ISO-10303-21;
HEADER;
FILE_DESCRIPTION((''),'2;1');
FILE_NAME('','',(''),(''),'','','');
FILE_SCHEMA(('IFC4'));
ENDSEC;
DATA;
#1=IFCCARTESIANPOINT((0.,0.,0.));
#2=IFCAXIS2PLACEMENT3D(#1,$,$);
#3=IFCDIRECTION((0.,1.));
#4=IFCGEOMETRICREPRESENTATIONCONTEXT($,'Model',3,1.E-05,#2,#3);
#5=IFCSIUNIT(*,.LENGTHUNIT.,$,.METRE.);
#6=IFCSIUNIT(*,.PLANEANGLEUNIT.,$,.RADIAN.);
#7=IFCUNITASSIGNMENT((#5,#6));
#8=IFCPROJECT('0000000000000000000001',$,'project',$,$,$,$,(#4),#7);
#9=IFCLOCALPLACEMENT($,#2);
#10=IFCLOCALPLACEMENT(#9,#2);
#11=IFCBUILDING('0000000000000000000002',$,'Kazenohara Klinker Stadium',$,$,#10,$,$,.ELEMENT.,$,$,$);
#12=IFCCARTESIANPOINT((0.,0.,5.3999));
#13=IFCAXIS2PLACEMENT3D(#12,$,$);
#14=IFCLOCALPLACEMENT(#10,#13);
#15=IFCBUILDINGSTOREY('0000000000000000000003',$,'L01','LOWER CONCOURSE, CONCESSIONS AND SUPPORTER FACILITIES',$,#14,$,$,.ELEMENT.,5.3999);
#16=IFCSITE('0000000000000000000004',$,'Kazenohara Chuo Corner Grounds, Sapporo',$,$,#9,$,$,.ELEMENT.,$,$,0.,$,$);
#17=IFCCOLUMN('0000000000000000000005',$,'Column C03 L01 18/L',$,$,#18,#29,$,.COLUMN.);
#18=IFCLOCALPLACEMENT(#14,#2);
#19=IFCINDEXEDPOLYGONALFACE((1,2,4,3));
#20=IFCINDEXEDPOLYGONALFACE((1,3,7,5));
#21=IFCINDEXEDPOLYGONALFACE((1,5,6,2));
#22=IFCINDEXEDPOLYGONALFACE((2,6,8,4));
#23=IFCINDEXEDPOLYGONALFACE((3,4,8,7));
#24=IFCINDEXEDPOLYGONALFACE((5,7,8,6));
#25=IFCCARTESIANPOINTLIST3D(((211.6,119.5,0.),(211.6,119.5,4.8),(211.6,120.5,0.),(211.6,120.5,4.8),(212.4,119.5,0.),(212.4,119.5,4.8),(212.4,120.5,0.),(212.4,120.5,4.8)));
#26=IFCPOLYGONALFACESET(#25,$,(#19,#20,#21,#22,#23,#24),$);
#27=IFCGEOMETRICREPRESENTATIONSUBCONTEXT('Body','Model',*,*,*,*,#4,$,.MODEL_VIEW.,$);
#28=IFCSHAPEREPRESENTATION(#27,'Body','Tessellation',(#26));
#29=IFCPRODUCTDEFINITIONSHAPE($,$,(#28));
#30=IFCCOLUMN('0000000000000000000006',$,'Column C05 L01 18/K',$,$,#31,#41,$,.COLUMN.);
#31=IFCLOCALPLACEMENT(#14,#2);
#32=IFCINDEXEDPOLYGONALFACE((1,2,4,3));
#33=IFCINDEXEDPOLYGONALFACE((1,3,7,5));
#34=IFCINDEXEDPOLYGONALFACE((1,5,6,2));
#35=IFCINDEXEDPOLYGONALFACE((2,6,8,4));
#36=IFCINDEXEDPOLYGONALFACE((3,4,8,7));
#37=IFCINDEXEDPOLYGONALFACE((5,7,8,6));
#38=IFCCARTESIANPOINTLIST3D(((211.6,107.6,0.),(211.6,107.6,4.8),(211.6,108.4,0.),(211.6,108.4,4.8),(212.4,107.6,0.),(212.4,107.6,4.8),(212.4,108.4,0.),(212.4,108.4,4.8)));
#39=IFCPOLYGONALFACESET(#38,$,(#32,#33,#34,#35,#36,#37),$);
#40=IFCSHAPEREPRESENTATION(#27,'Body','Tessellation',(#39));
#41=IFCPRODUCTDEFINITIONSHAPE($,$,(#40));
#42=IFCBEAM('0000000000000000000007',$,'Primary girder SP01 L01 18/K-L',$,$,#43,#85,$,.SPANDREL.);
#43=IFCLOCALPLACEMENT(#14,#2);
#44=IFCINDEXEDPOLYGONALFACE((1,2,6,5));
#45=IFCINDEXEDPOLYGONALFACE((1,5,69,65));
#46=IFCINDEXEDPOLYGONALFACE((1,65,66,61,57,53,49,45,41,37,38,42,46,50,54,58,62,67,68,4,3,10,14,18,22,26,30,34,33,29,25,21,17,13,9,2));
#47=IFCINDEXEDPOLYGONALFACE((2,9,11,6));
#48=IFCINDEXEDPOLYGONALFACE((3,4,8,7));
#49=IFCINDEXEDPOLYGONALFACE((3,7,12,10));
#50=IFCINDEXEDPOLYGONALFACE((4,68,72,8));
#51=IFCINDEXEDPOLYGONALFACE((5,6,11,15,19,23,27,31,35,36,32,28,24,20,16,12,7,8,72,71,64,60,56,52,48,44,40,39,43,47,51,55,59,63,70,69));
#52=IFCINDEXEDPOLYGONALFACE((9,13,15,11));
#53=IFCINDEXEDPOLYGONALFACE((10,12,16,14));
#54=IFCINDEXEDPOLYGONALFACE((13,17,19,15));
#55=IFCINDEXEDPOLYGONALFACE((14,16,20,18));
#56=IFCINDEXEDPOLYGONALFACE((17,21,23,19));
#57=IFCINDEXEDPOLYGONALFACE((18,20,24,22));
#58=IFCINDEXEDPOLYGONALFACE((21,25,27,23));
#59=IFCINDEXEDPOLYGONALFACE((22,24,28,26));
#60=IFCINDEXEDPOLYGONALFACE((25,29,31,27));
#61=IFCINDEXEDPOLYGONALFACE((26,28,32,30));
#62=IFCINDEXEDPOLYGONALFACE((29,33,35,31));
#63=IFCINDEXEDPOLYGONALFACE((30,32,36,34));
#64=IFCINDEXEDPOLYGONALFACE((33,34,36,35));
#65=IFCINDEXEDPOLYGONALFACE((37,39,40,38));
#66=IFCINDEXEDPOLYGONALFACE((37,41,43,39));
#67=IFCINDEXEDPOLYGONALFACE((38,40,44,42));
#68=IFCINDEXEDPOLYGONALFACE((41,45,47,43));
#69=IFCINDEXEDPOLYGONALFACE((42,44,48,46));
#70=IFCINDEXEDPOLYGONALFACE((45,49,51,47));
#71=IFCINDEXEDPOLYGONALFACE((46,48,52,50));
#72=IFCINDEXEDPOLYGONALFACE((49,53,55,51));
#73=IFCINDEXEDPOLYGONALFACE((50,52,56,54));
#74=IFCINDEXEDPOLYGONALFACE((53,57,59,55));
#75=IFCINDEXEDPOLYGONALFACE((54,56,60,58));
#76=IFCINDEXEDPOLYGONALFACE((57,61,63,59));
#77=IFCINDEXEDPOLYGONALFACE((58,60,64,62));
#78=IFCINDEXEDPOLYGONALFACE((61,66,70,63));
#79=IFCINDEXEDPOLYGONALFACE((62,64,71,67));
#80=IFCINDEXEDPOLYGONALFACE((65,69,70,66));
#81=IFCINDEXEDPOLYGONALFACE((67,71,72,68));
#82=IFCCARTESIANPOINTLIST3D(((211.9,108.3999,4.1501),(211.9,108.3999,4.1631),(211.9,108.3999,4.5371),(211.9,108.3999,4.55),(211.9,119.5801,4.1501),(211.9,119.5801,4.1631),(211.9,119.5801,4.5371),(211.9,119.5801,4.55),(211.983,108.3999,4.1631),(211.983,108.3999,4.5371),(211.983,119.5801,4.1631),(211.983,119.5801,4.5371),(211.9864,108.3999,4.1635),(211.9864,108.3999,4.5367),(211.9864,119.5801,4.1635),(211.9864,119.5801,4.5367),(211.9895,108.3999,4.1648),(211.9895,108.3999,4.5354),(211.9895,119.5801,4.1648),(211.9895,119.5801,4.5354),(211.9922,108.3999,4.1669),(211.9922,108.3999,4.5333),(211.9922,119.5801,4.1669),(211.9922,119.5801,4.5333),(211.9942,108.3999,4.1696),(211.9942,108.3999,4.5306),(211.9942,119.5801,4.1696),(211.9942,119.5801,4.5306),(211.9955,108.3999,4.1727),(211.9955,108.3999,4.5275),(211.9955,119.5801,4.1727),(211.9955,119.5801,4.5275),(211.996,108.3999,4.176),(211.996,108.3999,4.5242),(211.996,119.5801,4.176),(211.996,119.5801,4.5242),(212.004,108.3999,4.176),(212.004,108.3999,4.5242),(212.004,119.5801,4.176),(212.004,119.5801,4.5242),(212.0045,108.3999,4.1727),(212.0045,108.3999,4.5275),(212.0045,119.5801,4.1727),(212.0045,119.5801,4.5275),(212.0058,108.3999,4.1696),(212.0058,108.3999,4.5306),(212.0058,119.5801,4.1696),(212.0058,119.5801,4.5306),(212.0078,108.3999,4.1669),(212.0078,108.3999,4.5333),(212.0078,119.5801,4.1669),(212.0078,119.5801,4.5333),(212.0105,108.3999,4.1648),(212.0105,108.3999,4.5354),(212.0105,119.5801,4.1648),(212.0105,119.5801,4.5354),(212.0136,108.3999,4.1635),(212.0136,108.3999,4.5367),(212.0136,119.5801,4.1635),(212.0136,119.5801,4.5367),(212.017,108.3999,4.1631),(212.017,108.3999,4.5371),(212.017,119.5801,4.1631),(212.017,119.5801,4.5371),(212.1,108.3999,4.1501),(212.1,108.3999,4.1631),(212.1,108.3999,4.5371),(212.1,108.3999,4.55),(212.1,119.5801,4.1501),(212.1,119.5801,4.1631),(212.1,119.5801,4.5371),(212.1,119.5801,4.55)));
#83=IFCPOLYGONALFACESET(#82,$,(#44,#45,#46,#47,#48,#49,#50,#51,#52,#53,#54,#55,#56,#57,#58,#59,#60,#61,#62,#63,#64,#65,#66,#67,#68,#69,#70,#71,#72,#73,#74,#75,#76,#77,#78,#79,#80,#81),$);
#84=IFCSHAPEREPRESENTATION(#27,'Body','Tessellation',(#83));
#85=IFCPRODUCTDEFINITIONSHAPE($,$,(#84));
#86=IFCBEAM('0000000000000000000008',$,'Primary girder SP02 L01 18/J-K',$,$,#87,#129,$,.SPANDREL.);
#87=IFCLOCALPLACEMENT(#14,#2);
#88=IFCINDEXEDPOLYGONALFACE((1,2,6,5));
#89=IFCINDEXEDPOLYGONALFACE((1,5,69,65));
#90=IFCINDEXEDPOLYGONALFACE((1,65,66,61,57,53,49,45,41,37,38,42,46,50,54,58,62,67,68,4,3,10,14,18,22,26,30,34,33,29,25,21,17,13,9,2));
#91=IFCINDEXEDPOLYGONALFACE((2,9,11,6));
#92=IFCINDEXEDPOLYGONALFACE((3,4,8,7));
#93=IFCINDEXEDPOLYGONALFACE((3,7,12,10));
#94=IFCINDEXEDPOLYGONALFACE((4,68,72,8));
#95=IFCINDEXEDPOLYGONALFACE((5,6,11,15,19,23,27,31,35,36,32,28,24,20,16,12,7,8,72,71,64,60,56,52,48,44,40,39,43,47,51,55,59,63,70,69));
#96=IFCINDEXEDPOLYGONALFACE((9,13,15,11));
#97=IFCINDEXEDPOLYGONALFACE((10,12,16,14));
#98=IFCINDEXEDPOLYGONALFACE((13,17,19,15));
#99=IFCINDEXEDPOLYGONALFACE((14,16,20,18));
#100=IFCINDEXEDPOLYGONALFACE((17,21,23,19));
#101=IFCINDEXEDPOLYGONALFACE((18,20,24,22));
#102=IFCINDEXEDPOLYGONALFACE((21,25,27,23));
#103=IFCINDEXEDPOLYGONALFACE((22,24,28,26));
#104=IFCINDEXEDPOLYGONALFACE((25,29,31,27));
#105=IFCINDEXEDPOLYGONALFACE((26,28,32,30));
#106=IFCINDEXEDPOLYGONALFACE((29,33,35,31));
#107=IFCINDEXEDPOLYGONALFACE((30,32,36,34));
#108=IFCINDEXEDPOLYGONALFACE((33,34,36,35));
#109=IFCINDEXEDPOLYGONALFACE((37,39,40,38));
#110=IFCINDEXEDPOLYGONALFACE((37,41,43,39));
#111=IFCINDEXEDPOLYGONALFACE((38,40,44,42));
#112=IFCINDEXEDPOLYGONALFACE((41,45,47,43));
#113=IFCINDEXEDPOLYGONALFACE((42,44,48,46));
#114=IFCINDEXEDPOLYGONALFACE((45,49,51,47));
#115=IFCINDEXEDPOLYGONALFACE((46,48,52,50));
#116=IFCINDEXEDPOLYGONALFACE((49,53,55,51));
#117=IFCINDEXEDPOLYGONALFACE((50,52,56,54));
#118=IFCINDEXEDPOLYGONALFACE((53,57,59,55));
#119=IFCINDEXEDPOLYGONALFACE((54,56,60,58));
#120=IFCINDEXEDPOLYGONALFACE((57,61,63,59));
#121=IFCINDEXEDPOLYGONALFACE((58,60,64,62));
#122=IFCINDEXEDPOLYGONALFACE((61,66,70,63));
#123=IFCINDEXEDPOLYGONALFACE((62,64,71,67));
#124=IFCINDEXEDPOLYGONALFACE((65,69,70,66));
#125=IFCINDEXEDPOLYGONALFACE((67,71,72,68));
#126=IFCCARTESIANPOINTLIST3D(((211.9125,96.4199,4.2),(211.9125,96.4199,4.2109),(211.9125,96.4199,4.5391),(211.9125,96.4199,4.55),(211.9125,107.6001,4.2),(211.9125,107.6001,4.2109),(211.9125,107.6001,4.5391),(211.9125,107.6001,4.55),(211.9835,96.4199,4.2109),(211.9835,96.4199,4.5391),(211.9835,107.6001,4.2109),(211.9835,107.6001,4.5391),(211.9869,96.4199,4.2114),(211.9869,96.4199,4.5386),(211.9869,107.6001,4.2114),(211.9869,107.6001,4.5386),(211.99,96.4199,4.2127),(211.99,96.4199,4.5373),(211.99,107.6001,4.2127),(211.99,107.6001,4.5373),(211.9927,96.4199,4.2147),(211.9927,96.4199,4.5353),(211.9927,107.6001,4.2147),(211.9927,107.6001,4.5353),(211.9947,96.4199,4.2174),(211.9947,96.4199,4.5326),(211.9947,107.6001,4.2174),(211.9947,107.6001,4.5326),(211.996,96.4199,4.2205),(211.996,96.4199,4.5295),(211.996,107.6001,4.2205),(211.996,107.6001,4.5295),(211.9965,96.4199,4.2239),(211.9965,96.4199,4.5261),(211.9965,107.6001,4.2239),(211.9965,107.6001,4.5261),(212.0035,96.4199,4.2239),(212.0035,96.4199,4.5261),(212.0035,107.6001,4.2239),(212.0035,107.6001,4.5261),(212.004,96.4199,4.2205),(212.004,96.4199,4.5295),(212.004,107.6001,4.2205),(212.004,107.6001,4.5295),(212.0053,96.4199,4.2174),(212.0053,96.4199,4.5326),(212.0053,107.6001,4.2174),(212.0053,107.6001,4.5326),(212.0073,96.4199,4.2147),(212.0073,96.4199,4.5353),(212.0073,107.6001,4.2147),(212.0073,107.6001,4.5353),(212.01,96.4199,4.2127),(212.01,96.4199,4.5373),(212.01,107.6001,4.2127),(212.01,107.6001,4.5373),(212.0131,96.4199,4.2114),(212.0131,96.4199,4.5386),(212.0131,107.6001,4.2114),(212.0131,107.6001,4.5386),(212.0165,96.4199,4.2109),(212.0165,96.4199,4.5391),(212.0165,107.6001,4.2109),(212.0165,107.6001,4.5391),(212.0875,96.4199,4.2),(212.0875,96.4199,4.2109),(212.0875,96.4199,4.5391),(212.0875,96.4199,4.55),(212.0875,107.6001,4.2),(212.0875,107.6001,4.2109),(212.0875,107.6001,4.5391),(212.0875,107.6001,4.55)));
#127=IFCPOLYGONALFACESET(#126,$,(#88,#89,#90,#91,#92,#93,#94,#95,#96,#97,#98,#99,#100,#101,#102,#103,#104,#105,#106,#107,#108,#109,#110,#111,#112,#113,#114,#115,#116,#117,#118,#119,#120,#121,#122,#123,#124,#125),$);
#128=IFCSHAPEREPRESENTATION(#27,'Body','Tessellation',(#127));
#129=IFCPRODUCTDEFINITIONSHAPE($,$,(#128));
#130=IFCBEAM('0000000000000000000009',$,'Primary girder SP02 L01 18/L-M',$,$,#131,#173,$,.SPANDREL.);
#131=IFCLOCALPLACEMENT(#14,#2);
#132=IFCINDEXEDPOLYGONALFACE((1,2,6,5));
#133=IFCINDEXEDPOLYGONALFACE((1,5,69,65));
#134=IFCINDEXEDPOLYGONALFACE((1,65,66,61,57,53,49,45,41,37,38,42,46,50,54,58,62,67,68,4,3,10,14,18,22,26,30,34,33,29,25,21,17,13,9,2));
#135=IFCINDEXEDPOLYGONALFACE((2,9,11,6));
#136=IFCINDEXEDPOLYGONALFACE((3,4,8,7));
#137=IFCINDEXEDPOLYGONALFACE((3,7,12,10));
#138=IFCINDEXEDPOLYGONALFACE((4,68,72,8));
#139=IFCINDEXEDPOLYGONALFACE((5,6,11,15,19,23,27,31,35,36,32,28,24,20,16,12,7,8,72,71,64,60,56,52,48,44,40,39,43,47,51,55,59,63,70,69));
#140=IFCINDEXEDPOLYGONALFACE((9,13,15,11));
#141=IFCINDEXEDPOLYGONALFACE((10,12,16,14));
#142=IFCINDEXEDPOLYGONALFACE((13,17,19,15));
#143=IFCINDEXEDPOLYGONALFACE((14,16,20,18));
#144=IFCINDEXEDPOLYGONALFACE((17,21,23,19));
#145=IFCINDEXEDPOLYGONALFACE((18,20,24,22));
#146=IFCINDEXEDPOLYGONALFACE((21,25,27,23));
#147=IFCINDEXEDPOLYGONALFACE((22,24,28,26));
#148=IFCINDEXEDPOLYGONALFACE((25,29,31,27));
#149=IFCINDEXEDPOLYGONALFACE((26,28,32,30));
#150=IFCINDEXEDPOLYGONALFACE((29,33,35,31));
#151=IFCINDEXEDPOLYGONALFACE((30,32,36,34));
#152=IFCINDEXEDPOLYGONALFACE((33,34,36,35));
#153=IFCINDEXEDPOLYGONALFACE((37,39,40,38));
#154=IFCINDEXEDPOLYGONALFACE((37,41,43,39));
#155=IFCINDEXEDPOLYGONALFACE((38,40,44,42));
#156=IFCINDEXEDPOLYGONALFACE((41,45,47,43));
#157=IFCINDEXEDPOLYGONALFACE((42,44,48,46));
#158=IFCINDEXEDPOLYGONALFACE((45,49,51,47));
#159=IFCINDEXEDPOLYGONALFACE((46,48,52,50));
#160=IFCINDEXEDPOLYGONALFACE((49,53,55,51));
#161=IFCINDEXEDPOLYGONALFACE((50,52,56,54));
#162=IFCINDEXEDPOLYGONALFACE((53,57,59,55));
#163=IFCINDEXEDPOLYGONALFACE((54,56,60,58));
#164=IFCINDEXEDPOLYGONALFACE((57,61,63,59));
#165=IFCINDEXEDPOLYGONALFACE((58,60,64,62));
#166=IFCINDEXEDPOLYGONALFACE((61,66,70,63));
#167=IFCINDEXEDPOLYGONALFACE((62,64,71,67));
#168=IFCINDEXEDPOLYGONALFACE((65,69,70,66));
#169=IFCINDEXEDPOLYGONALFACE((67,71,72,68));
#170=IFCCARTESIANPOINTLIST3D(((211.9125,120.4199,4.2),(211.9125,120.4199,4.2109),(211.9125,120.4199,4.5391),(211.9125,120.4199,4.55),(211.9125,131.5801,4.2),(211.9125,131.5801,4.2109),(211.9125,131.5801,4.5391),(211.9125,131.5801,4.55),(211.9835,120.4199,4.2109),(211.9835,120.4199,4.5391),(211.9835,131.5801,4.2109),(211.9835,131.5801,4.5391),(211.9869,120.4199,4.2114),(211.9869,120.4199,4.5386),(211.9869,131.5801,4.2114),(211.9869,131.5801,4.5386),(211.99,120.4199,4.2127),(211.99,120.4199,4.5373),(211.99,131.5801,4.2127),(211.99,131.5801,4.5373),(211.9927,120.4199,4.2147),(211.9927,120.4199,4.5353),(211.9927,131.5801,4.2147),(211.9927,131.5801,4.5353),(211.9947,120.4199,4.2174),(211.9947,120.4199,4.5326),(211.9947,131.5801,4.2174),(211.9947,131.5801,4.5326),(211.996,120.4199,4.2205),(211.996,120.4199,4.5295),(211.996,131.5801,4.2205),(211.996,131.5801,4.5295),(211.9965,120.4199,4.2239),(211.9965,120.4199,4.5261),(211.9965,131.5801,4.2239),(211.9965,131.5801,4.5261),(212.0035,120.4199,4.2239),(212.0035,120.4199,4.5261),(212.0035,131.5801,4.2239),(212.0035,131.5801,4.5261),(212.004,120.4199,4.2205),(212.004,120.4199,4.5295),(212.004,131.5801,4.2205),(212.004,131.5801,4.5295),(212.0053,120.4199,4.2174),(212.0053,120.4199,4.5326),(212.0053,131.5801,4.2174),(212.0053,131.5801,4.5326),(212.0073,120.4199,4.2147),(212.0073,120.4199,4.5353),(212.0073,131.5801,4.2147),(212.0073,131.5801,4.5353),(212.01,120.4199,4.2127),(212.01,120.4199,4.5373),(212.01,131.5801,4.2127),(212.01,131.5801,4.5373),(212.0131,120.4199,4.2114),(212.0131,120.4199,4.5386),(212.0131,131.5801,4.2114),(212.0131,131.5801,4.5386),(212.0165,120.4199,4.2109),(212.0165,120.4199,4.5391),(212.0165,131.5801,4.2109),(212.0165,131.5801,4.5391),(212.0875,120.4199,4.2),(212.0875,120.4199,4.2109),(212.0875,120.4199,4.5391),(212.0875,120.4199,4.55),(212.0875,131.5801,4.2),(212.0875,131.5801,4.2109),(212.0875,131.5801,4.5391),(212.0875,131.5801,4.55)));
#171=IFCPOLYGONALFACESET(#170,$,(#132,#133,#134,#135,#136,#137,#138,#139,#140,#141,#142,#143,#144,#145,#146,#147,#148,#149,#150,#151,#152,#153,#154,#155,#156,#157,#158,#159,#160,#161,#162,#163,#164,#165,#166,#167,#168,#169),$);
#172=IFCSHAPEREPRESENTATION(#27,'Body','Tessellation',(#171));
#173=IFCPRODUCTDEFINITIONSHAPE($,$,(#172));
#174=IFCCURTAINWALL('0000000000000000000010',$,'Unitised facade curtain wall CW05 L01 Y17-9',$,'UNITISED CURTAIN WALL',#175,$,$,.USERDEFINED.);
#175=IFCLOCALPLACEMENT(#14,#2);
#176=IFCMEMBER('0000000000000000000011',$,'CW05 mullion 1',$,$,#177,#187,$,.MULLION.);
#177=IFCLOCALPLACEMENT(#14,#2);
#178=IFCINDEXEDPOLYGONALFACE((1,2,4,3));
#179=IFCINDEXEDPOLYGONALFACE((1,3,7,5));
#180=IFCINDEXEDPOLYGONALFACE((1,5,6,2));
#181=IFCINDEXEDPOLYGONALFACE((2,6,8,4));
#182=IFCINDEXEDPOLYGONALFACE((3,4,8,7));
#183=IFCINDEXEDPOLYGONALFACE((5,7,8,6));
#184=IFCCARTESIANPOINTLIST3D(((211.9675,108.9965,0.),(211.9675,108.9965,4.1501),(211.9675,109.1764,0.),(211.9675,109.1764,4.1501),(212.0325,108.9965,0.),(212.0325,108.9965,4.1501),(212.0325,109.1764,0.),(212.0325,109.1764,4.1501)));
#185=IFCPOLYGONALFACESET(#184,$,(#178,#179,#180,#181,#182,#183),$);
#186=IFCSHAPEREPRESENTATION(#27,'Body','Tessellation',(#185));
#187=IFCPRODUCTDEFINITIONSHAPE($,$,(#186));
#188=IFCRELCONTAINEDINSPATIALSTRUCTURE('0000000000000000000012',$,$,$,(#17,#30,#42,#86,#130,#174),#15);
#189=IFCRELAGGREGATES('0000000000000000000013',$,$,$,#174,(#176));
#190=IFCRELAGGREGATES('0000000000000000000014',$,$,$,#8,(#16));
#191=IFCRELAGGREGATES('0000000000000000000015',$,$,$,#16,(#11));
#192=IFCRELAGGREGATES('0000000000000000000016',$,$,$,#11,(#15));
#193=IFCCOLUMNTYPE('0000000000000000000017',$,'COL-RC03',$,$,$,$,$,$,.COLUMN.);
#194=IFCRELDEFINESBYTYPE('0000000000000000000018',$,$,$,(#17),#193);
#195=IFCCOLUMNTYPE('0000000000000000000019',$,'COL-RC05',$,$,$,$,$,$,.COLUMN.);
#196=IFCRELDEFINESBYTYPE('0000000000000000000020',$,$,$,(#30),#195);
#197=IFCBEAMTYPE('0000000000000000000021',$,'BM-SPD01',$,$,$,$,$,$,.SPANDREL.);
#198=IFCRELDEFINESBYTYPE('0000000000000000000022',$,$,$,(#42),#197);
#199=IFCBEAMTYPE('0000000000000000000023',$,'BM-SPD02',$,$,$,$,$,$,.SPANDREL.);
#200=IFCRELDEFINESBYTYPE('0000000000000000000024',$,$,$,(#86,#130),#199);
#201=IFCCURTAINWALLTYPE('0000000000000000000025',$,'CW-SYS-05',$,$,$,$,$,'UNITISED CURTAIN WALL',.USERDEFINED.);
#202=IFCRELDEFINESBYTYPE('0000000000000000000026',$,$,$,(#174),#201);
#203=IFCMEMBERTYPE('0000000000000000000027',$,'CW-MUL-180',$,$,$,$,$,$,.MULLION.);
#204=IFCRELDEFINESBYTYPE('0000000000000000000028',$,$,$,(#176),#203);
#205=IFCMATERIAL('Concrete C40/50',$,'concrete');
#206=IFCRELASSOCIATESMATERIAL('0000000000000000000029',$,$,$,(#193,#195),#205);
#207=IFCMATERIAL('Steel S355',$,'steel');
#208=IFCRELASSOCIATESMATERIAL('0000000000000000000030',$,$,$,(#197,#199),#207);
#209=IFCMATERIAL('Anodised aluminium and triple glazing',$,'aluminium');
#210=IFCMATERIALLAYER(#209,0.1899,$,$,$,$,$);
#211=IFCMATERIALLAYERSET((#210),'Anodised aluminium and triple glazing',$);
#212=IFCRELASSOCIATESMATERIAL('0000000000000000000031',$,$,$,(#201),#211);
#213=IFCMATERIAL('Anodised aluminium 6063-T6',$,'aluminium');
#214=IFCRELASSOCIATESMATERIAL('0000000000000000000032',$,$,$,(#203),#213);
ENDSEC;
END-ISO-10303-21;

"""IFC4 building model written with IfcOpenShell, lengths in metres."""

from ifc_helpers import new_model, si_unit, direction, frame, origin, origin_2d, place, context, subcontext, project, spatial, rectangle, i_section, extrude, material, layer, layer_set, material_profile, profile_set, type_object, element, aggregate, save


model = new_model("IFC4")

# Units and contexts
model_context = context("Model", 3, precision=1e-05, world=origin(), true_north=direction((0.0, 1.0)))
body_context = subcontext(model_context, "Body", "Model", "MODEL_VIEW")
ifc_project = project(units=[si_unit("LENGTHUNIT", "METRE"), si_unit("PLANEANGLEUNIT", "RADIAN")], contexts=[model_context])

# Site, building, storey
site_placement = place(None, origin())
site = spatial("IfcSite", under=ifc_project, at=site_placement, Name="Kazenohara Chuo Corner Grounds, Sapporo", CompositionType="ELEMENT", RefElevation=0.0)
building_placement = place(site_placement, origin())
building = spatial("IfcBuilding", under=site, at=building_placement, Name="Kazenohara Klinker Stadium", CompositionType="ELEMENT")
storey_placement = place(building_placement, frame((0.0, 0.0, 5.3999)))
storey = spatial("IfcBuildingStorey", under=building, at=storey_placement, Name="L01", Description="LOWER CONCOURSE, CONCESSIONS AND SUPPORTER FACILITIES", CompositionType="ELEMENT", Elevation=5.3999)

# Columns
ifc_material_1 = material(Name="Concrete C40/50", Category="concrete")
ifc_material_profile_1 = material_profile(ifc_material_1, rectangle(XDim=0.8, YDim=1.0, at=origin_2d()), Name="RC-COL-1000x800")
ifc_profile_set_1 = profile_set([ifc_material_profile_1], Name="Concrete C40/50")
column_type_1 = type_object("IfcColumnType", Name="COL-RC03", PredefinedType="COLUMN", material=ifc_profile_set_1)
column_1_placement = place(storey_placement, frame((212.0, 120.0, 0.0), z_axis=(0.0, 0.0, 1.0), x_axis=(1.0, 0.0, 0.0)))
element("IfcColumn", 1, at=column_1_placement, inside=storey, type_object=column_type_1, Name="Column C03 L01 18/L", PredefinedType="COLUMN", context=body_context, shape_type="SweptSolid", body=[
    extrude(rectangle(XDim=0.8, YDim=1.0, at=origin_2d()), origin(), (0.0, 0.0, 1.0), 4.8),
])
ifc_material_profile_2 = material_profile(ifc_material_1, rectangle(XDim=0.8, YDim=0.8, at=origin_2d()), Name="RC-COL-800x800")
ifc_profile_set_2 = profile_set([ifc_material_profile_2], Name="Concrete C40/50")
column_type_2 = type_object("IfcColumnType", Name="COL-RC05", PredefinedType="COLUMN", material=ifc_profile_set_2)
column_2_placement = place(storey_placement, frame((212.0, 108.0, 0.0), z_axis=(0.0, 0.0, 1.0), x_axis=(1.0, 0.0, 0.0)))
element("IfcColumn", 2, at=column_2_placement, inside=storey, type_object=column_type_2, Name="Column C05 L01 18/K", PredefinedType="COLUMN", context=body_context, shape_type="SweptSolid", body=[
    extrude(rectangle(XDim=0.8, YDim=0.8, at=origin_2d()), origin(), (0.0, 0.0, 1.0), 4.8),
])

# Beams
ifc_material_2 = material(Name="Steel S355", Category="steel")
ifc_material_profile_3 = material_profile(ifc_material_2, i_section(OverallWidth=0.2, OverallDepth=0.3999, WebThickness=0.0081, FlangeThickness=0.0129, FilletRadius=0.0129, at=origin_2d()), Name="H-400x200x8x13")
ifc_profile_set_3 = profile_set([ifc_material_profile_3], Name="Steel S355")
beam_type_1 = type_object("IfcBeamType", Name="BM-SPD01", PredefinedType="SPANDREL", material=ifc_profile_set_3)
beam_1_placement = place(storey_placement, frame((212.0, 108.3999, 4.3501), z_axis=(0.0, 1.0, 0.0), x_axis=(-1.0, 0.0, 0.0)))
element("IfcBeam", 3, at=beam_1_placement, inside=storey, type_object=beam_type_1, Name="Primary girder SP01 L01 18/K-L", PredefinedType="SPANDREL", context=body_context, shape_type="SweptSolid", body=[
    extrude(i_section(OverallWidth=0.2, OverallDepth=0.3999, WebThickness=0.0081, FlangeThickness=0.0129, FilletRadius=0.0129, at=origin_2d()), origin(), (0.0, 0.0, 1.0), 11.1802),
])
ifc_material_profile_4 = material_profile(ifc_material_2, i_section(OverallWidth=0.175, OverallDepth=0.3501, WebThickness=0.0071, FlangeThickness=0.011, FilletRadius=0.0129, at=origin_2d()), Name="H-350x175x7x11")
ifc_profile_set_4 = profile_set([ifc_material_profile_4], Name="Steel S355")
beam_type_2 = type_object("IfcBeamType", Name="BM-SPD02", PredefinedType="SPANDREL", material=ifc_profile_set_4)
beam_2_placement = place(storey_placement, frame((212.0, 96.4199, 4.375), z_axis=(0.0, 1.0, 0.0), x_axis=(-1.0, 0.0, 0.0)))
element("IfcBeam", 4, at=beam_2_placement, inside=storey, type_object=beam_type_2, Name="Primary girder SP02 L01 18/J-K", PredefinedType="SPANDREL", context=body_context, shape_type="SweptSolid", body=[
    extrude(i_section(OverallWidth=0.175, OverallDepth=0.3501, WebThickness=0.0071, FlangeThickness=0.011, FilletRadius=0.0129, at=origin_2d()), origin(), (0.0, 0.0, 1.0), 11.1802),
])
beam_3_placement = place(storey_placement, frame((212.0, 120.4199, 4.375), z_axis=(0.0, 1.0, 0.0), x_axis=(-1.0, 0.0, 0.0)))
element("IfcBeam", 5, at=beam_3_placement, inside=storey, type_object=beam_type_2, Name="Primary girder SP02 L01 18/L-M", PredefinedType="SPANDREL", context=body_context, shape_type="SweptSolid", body=[
    extrude(i_section(OverallWidth=0.175, OverallDepth=0.3501, WebThickness=0.0071, FlangeThickness=0.011, FilletRadius=0.0129, at=origin_2d()), origin(), (0.0, 0.0, 1.0), 11.1602),
])

# Curtain wall, member
ifc_material_3 = material(Name="Anodised aluminium and triple glazing", Category="aluminium")
ifc_layer_1 = layer(ifc_material_3, 0.1899)
ifc_layer_set_1 = layer_set([ifc_layer_1], Name="Anodised aluminium and triple glazing")
curtain_wall_type = type_object("IfcCurtainWallType", Name="CW-SYS-05", ElementType="UNITISED CURTAIN WALL", PredefinedType="USERDEFINED", material=ifc_layer_set_1)
curtain_wall_placement = place(storey_placement, origin())
curtain_wall = element("IfcCurtainWall", 6, at=curtain_wall_placement, inside=storey, type_object=curtain_wall_type, Name="Unitised facade curtain wall CW05 L01 Y17-9", ObjectType="UNITISED CURTAIN WALL", PredefinedType="USERDEFINED")
ifc_material_4 = material(Name="Anodised aluminium 6063-T6", Category="aluminium")
ifc_material_profile_5 = material_profile(ifc_material_4, rectangle(XDim=0.0649, YDim=0.1799, at=origin_2d()), Name="ALU-MUL-65x180")
ifc_profile_set_5 = profile_set([ifc_material_profile_5], Name="Anodised aluminium 6063-T6")
member_type_1 = type_object("IfcMemberType", Name="CW-MUL-180", PredefinedType="MULLION", material=ifc_profile_set_5)
member_1_placement = place(storey_placement, frame((212.0, 109.0864, 0.0), z_axis=(0.0, 0.0, 1.0), x_axis=(-1.0, 0.0, 0.0)))
member_1 = element("IfcMember", 7, at=member_1_placement, type_object=member_type_1, Name="CW05 mullion 1", PredefinedType="MULLION", context=body_context, shape_type="SweptSolid", body=[
    extrude(rectangle(XDim=0.0649, YDim=0.1799, at=origin_2d()), origin(), (0.0, 0.0, 1.0), 4.1501),
])

aggregate(curtain_wall, [member_1])

save(model, "model.ifc")
